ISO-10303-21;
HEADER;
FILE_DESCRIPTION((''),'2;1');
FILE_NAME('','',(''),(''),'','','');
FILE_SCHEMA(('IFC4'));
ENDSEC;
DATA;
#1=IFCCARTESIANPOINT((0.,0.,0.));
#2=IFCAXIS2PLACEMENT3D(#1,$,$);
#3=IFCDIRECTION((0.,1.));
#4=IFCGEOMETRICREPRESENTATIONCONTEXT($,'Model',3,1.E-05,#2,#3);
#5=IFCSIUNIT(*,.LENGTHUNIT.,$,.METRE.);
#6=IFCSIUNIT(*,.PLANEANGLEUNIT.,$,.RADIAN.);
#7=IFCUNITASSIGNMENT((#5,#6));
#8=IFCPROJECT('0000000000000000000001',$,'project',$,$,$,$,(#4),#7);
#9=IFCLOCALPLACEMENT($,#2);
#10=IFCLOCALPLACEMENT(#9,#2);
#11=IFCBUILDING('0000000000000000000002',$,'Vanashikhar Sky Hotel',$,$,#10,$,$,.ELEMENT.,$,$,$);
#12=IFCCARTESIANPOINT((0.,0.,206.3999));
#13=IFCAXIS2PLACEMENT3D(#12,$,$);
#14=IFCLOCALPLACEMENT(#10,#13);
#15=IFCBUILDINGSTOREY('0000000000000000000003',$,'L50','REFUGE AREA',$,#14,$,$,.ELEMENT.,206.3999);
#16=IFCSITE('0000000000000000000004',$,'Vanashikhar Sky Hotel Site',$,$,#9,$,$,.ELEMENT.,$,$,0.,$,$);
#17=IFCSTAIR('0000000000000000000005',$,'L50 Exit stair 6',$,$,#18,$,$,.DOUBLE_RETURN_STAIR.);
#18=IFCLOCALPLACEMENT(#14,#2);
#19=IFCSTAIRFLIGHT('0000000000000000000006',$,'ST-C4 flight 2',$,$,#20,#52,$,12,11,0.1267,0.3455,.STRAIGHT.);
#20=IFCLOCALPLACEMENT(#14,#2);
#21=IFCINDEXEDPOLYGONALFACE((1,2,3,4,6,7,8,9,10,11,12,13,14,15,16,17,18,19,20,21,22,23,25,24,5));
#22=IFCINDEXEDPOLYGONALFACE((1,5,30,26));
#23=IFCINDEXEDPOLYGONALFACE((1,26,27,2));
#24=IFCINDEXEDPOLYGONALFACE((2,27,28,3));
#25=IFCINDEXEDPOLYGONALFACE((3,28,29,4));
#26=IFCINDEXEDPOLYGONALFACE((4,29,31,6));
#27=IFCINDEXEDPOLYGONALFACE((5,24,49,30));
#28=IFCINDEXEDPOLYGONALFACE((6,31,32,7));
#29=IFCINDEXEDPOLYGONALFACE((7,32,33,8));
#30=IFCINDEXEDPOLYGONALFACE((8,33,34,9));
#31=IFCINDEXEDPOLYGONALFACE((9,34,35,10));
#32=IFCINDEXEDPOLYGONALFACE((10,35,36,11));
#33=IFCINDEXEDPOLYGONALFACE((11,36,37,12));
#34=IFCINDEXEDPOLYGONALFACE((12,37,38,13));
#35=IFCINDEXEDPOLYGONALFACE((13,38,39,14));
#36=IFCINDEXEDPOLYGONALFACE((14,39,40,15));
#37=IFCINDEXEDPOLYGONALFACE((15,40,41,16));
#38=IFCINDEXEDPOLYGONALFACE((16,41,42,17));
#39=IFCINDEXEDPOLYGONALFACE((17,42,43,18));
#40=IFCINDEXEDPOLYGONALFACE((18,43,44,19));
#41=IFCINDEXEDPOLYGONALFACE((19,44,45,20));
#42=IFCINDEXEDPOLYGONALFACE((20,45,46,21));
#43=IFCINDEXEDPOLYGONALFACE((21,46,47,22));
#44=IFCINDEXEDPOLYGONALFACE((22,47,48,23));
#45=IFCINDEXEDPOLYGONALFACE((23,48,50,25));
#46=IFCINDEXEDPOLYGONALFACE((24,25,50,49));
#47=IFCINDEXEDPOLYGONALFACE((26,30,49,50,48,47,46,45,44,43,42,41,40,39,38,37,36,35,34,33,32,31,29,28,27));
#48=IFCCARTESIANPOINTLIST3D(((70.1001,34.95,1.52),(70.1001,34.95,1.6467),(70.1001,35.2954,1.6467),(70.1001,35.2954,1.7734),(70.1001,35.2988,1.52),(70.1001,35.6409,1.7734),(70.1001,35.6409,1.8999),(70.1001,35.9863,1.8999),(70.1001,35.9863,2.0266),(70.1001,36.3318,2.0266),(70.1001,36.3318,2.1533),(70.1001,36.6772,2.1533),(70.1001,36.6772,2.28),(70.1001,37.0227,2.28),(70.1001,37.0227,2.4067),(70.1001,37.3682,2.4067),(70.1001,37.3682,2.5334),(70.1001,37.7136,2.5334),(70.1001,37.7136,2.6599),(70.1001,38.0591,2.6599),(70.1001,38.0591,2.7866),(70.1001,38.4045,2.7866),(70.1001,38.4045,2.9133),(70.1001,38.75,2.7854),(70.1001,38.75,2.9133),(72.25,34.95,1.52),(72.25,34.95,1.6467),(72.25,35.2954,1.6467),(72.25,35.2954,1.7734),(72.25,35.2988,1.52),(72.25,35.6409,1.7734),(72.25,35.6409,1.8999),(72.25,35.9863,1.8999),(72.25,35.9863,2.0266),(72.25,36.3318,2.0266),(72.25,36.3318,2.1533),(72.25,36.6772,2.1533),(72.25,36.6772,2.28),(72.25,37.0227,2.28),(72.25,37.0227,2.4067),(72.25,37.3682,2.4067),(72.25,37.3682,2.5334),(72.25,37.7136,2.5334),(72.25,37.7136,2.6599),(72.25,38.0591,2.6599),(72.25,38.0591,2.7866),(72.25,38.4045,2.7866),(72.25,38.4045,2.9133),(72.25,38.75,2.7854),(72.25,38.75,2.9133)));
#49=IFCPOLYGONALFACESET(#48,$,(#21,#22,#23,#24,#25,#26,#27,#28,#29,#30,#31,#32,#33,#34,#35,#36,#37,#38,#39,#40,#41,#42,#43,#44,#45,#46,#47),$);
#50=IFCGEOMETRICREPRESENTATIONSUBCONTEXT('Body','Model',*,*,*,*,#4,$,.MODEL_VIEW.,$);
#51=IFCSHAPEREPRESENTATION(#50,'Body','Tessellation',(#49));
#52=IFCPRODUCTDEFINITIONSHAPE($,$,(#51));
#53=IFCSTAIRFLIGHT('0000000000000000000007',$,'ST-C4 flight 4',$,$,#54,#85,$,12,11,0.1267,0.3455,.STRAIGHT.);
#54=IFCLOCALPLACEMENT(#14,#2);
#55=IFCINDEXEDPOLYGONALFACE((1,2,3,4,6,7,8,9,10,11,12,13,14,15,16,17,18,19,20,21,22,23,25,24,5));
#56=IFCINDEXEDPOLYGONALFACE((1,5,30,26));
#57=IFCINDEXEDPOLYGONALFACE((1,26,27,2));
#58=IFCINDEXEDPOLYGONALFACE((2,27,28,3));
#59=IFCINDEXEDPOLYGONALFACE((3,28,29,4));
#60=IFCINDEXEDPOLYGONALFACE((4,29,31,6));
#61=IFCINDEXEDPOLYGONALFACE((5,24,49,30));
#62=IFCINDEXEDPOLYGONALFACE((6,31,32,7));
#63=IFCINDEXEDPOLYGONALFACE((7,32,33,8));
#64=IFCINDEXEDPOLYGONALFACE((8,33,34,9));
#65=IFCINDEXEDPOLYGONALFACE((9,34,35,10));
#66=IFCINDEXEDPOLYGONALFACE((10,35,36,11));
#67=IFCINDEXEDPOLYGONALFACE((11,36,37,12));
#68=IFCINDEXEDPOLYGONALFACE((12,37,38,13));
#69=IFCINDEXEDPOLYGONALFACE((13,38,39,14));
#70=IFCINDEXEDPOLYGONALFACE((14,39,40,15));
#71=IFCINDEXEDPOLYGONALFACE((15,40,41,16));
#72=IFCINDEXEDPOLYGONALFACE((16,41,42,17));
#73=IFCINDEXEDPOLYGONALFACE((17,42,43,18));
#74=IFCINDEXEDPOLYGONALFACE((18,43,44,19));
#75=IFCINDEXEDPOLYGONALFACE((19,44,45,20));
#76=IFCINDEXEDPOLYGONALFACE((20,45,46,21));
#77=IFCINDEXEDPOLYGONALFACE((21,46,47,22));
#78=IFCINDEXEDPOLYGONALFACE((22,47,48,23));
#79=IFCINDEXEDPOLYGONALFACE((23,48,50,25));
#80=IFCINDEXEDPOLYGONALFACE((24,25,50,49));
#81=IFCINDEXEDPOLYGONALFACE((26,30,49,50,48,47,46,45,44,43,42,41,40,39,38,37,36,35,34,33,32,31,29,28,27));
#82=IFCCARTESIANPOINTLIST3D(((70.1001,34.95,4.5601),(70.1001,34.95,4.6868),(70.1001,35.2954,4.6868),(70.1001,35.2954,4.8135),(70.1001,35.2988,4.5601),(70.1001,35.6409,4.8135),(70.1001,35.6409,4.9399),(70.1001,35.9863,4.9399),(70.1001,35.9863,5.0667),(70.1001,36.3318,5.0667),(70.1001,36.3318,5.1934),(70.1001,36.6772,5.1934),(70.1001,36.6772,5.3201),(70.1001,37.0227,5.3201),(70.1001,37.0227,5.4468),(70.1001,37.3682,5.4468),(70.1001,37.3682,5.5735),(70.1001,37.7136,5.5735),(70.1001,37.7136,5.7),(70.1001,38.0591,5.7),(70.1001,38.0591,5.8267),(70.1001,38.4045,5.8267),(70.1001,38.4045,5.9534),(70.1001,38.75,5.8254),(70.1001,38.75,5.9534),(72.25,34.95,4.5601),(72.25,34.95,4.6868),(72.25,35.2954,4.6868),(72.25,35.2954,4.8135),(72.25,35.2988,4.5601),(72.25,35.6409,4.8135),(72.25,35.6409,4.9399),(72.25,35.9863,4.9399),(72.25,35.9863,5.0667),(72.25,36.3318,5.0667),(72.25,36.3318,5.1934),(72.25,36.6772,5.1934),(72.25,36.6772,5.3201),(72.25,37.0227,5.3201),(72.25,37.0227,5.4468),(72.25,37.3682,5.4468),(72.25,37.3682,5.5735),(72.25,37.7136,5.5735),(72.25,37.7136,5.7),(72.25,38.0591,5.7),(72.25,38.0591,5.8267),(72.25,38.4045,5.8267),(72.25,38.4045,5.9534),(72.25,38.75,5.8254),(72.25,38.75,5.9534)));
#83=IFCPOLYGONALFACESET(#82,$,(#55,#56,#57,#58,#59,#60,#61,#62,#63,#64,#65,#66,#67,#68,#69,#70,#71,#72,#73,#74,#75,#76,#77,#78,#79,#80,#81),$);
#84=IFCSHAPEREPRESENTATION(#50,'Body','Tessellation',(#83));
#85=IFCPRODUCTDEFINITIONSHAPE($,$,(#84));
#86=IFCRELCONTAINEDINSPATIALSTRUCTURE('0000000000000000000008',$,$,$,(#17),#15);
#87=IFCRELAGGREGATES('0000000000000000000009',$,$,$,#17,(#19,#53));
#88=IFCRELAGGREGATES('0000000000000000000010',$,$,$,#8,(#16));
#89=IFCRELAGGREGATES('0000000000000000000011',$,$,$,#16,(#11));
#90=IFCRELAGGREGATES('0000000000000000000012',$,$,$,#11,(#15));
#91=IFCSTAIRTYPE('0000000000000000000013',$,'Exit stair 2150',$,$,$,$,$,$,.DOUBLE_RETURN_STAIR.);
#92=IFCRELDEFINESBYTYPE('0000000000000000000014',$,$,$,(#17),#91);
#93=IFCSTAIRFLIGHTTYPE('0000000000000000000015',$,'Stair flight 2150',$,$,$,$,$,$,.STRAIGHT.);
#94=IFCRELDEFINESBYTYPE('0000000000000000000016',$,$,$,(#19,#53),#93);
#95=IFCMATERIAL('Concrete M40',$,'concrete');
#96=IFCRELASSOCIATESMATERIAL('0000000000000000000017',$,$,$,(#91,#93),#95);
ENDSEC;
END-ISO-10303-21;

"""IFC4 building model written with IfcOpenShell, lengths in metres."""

from ifc_helpers import new_model, si_unit, direction, frame, origin, place, context, subcontext, project, spatial, polyline, outline, extrude, source, transform, mapped, material, type_object, element, aggregate, save


model = new_model("IFC4")

# Units and contexts
model_context = context("Model", 3, precision=1e-05, world=origin(), true_north=direction((0.0, 1.0)))
body_context = subcontext(model_context, "Body", "Model", "MODEL_VIEW")
ifc_project = project(units=[si_unit("LENGTHUNIT", "METRE"), si_unit("PLANEANGLEUNIT", "RADIAN")], contexts=[model_context])

# Site, building, storey
site_placement = place(None, origin())
site = spatial("IfcSite", under=ifc_project, at=site_placement, Name="Vanashikhar Sky Hotel Site", CompositionType="ELEMENT", RefElevation=0.0)
building_placement = place(site_placement, origin())
building = spatial("IfcBuilding", under=site, at=building_placement, Name="Vanashikhar Sky Hotel", CompositionType="ELEMENT")
storey_placement = place(building_placement, frame((0.0, 0.0, 206.3999)))
storey = spatial("IfcBuildingStorey", under=building, at=storey_placement, Name="L50", Description="REFUGE AREA", CompositionType="ELEMENT", Elevation=206.3999)

# Shared definitions
ifc_material_1 = material(Name="Concrete M40", Category="concrete")

# Stair, stair flights
stair_type = type_object("IfcStairType", Name="Exit stair 2150", PredefinedType="DOUBLE_RETURN_STAIR", material=ifc_material_1)
stair_flight_type = type_object("IfcStairFlightType", Name="Stair flight 2150", PredefinedType="STRAIGHT", material=ifc_material_1)
shared_shape_1 = source(origin(), body_context, "Body", "SweptSolid", [
    extrude(outline(polyline([(0.0, 0.0), (0.0, 0.1267), (0.3455, 0.1267), (0.3455, 0.2534), (0.6909, 0.2534), (0.6909, 0.3799), (1.0364, 0.3799), (1.0364, 0.5066), (1.3818, 0.5066), (1.3818, 0.6333), (1.7273, 0.6333), (1.7273, 0.76), (2.0728, 0.76), (2.0728, 0.8867), (2.4182, 0.8867), (2.4182, 1.0134), (2.7637, 1.0134), (2.7637, 1.1399), (3.1091, 1.1399), (3.1091, 1.2666), (3.4546, 1.2666), (3.4546, 1.3933), (3.8, 1.3933), (3.8, 1.52), (3.8, 1.2654), (0.3489, 0.0), (0.0, 0.0)])), frame((0.0, 1.075, 0.0), z_axis=(0.0, -1.0, 0.0), x_axis=(1.0, 0.0, 0.0)), (0.0, 0.0, 1.0), 2.1499),
])
stair_1_placement = place(storey_placement, origin())
stair_1 = element("IfcStair", 1, at=stair_1_placement, inside=storey, type_object=stair_type, Name="L50 Exit stair 6", PredefinedType="DOUBLE_RETURN_STAIR")
stair_flight_1_placement = place(storey_placement, frame((71.175, 34.95, 1.52), z_axis=(0.0, 0.0, 1.0), x_axis=(0.0, 1.0, 0.0)))
stair_flight_1 = element("IfcStairFlight", 2, at=stair_flight_1_placement, type_object=stair_flight_type, Name="ST-C4 flight 2", NumberOfRisers=12, NumberOfTreads=11, PredefinedType="STRAIGHT", RiserHeight=0.1267, TreadLength=0.3455, context=body_context, shape_type="MappedRepresentation", body=[
    mapped(shared_shape_1, transform((0.0, 0.0, 0.0), scale=1.0)),
])
stair_flight_2_placement = place(storey_placement, frame((71.175, 34.95, 4.5601), z_axis=(0.0, 0.0, 1.0), x_axis=(0.0, 1.0, 0.0)))
stair_flight_2 = element("IfcStairFlight", 3, at=stair_flight_2_placement, type_object=stair_flight_type, Name="ST-C4 flight 4", NumberOfRisers=12, NumberOfTreads=11, PredefinedType="STRAIGHT", RiserHeight=0.1267, TreadLength=0.3455, context=body_context, shape_type="MappedRepresentation", body=[
    mapped(shared_shape_1, transform((0.0, 0.0, 0.0), scale=1.0)),
])
aggregate(stair_1, [stair_flight_1, stair_flight_2])

save(model, "model.ifc")
